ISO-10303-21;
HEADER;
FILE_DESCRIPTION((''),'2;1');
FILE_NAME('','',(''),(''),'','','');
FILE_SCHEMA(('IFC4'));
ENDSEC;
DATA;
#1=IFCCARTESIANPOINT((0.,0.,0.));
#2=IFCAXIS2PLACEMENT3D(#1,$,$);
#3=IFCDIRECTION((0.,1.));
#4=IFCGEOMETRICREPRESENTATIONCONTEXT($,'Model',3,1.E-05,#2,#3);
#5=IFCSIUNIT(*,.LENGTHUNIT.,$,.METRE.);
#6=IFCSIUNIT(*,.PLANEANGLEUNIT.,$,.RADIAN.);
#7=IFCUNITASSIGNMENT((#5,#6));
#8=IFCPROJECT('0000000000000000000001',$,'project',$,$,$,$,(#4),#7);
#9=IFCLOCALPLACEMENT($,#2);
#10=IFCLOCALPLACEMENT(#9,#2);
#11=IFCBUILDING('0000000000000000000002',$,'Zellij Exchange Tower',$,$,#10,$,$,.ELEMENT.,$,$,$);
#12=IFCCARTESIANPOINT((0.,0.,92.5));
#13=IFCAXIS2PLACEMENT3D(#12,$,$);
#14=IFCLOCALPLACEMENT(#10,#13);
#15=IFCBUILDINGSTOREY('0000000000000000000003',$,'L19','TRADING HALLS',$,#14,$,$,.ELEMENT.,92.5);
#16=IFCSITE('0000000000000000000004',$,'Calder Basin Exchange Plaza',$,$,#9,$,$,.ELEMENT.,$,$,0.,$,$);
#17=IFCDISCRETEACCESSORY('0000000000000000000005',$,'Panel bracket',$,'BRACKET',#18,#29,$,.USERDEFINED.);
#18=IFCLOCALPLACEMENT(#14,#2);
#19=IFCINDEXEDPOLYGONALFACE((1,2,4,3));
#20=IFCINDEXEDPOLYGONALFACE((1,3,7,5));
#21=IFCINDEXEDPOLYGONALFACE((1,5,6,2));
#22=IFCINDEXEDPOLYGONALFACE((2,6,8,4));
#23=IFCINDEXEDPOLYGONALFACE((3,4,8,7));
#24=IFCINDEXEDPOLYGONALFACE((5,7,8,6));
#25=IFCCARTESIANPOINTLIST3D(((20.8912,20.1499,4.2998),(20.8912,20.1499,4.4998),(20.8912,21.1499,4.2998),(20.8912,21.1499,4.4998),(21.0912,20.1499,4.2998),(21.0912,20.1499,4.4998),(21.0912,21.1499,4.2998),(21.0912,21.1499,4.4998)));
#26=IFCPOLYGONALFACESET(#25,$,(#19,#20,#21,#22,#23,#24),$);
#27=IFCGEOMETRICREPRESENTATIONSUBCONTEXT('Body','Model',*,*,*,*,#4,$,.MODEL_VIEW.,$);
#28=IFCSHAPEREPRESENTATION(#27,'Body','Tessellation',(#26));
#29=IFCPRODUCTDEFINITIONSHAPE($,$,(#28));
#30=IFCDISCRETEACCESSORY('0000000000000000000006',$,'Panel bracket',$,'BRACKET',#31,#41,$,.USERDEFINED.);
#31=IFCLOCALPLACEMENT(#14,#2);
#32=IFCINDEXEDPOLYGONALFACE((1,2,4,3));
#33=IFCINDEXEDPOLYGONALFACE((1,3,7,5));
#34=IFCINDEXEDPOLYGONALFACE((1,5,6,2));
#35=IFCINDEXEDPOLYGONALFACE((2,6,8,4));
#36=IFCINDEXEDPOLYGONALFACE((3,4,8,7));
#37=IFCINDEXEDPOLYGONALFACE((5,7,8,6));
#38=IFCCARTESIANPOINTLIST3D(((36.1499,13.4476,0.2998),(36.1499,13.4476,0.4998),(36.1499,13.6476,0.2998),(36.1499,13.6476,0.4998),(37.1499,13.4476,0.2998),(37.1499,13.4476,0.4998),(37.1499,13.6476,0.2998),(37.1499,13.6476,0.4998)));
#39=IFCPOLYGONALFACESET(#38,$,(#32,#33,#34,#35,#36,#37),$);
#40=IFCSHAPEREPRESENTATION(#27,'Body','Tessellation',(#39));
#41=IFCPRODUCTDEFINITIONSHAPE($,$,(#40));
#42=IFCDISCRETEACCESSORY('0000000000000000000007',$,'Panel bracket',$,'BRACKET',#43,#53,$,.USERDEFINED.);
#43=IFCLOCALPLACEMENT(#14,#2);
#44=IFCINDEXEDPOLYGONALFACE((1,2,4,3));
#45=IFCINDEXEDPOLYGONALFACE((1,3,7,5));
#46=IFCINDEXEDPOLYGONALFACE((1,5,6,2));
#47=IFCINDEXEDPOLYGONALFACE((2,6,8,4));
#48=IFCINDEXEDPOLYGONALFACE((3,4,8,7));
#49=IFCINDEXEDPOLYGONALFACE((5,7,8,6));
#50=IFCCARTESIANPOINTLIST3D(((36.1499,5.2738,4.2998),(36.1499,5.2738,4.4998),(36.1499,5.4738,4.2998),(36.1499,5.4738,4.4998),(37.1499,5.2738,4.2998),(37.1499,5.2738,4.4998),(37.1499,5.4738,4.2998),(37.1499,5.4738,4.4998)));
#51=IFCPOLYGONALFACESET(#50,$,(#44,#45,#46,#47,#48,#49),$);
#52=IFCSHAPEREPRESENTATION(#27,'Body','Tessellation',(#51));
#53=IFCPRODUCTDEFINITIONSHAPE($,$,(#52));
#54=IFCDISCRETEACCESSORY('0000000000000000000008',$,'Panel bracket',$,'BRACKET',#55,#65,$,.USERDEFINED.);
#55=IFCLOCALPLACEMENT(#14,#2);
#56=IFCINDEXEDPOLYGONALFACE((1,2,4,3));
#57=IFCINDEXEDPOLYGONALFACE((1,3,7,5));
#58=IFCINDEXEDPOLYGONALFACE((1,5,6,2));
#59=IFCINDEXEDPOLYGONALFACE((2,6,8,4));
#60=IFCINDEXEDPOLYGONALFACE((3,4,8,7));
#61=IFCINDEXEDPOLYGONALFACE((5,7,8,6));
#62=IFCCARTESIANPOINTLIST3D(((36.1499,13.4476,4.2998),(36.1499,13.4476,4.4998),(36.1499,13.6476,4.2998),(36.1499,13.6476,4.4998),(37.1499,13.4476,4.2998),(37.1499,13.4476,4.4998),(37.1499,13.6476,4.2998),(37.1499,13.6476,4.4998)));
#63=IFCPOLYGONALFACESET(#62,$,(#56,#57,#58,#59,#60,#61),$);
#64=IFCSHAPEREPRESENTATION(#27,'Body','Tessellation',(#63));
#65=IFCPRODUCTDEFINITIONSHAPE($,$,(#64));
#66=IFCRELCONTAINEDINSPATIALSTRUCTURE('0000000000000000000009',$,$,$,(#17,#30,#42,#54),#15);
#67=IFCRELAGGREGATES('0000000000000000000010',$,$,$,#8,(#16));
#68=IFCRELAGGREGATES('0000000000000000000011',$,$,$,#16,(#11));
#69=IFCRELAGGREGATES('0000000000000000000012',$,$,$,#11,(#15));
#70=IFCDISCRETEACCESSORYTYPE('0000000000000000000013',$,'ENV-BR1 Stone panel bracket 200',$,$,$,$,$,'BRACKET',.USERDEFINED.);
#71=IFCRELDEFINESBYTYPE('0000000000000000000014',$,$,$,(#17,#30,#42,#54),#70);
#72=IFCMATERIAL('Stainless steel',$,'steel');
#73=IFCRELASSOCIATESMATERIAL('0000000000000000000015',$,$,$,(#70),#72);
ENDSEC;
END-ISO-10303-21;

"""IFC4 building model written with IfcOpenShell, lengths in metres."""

from ifc_helpers import new_model, si_unit, direction, frame, origin, origin_2d, place, context, subcontext, project, spatial, rectangle, extrude, material, type_object, element, save


model = new_model("IFC4")

# Units and contexts
model_context = context("Model", 3, precision=1e-05, world=origin(), true_north=direction((0.0, 1.0)))
body_context = subcontext(model_context, "Body", "Model", "MODEL_VIEW")
ifc_project = project(units=[si_unit("LENGTHUNIT", "METRE"), si_unit("PLANEANGLEUNIT", "RADIAN")], contexts=[model_context])

# Site, building, storey
site_placement = place(None, origin())
site = spatial("IfcSite", under=ifc_project, at=site_placement, Name="Calder Basin Exchange Plaza", CompositionType="ELEMENT", RefElevation=0.0)
building_placement = place(site_placement, origin())
building = spatial("IfcBuilding", under=site, at=building_placement, Name="Zellij Exchange Tower", CompositionType="ELEMENT")
storey_placement = place(building_placement, frame((0.0, 0.0, 92.5)))
storey = spatial("IfcBuildingStorey", under=building, at=storey_placement, Name="L19", Description="TRADING HALLS", CompositionType="ELEMENT", Elevation=92.5)

# Discrete accessories
ifc_material_1 = material(Name="Stainless steel", Category="steel")
discrete_accessory_type = type_object("IfcDiscreteAccessoryType", Name="ENV-BR1 Stone panel bracket 200", ElementType="BRACKET", PredefinedType="USERDEFINED", material=ifc_material_1)
for number, where, z_axis, x_axis, name in (
    (1, (20.9912, 20.6499, 4.2998), (0.0, 0.0, 1.0), (-1.0, 0.0, 0.0), "Panel bracket"),
    (2, (36.6499, 13.5476, 0.2998), (0.0, 0.0, 1.0), (0.0, 1.0, 0.0), "Panel bracket"),
    (3, (36.6499, 5.3738, 4.2998), (0.0, 0.0, 1.0), (0.0, 1.0, 0.0), "Panel bracket"),
    (4, (36.6499, 13.5476, 4.2998), (0.0, 0.0, 1.0), (0.0, 1.0, 0.0), "Panel bracket"),
):
    element("IfcDiscreteAccessory", number, at=place(storey_placement, frame(where, z_axis=z_axis, x_axis=x_axis)), inside=storey, type_object=discrete_accessory_type, Name=name, ObjectType="BRACKET", PredefinedType="USERDEFINED", context=body_context, shape_type="SweptSolid", body=[
        extrude(rectangle(XDim=0.2, YDim=1.0, at=origin_2d()), origin(), (0.0, 0.0, 1.0), 0.2),
    ])

save(model, "model.ifc")
